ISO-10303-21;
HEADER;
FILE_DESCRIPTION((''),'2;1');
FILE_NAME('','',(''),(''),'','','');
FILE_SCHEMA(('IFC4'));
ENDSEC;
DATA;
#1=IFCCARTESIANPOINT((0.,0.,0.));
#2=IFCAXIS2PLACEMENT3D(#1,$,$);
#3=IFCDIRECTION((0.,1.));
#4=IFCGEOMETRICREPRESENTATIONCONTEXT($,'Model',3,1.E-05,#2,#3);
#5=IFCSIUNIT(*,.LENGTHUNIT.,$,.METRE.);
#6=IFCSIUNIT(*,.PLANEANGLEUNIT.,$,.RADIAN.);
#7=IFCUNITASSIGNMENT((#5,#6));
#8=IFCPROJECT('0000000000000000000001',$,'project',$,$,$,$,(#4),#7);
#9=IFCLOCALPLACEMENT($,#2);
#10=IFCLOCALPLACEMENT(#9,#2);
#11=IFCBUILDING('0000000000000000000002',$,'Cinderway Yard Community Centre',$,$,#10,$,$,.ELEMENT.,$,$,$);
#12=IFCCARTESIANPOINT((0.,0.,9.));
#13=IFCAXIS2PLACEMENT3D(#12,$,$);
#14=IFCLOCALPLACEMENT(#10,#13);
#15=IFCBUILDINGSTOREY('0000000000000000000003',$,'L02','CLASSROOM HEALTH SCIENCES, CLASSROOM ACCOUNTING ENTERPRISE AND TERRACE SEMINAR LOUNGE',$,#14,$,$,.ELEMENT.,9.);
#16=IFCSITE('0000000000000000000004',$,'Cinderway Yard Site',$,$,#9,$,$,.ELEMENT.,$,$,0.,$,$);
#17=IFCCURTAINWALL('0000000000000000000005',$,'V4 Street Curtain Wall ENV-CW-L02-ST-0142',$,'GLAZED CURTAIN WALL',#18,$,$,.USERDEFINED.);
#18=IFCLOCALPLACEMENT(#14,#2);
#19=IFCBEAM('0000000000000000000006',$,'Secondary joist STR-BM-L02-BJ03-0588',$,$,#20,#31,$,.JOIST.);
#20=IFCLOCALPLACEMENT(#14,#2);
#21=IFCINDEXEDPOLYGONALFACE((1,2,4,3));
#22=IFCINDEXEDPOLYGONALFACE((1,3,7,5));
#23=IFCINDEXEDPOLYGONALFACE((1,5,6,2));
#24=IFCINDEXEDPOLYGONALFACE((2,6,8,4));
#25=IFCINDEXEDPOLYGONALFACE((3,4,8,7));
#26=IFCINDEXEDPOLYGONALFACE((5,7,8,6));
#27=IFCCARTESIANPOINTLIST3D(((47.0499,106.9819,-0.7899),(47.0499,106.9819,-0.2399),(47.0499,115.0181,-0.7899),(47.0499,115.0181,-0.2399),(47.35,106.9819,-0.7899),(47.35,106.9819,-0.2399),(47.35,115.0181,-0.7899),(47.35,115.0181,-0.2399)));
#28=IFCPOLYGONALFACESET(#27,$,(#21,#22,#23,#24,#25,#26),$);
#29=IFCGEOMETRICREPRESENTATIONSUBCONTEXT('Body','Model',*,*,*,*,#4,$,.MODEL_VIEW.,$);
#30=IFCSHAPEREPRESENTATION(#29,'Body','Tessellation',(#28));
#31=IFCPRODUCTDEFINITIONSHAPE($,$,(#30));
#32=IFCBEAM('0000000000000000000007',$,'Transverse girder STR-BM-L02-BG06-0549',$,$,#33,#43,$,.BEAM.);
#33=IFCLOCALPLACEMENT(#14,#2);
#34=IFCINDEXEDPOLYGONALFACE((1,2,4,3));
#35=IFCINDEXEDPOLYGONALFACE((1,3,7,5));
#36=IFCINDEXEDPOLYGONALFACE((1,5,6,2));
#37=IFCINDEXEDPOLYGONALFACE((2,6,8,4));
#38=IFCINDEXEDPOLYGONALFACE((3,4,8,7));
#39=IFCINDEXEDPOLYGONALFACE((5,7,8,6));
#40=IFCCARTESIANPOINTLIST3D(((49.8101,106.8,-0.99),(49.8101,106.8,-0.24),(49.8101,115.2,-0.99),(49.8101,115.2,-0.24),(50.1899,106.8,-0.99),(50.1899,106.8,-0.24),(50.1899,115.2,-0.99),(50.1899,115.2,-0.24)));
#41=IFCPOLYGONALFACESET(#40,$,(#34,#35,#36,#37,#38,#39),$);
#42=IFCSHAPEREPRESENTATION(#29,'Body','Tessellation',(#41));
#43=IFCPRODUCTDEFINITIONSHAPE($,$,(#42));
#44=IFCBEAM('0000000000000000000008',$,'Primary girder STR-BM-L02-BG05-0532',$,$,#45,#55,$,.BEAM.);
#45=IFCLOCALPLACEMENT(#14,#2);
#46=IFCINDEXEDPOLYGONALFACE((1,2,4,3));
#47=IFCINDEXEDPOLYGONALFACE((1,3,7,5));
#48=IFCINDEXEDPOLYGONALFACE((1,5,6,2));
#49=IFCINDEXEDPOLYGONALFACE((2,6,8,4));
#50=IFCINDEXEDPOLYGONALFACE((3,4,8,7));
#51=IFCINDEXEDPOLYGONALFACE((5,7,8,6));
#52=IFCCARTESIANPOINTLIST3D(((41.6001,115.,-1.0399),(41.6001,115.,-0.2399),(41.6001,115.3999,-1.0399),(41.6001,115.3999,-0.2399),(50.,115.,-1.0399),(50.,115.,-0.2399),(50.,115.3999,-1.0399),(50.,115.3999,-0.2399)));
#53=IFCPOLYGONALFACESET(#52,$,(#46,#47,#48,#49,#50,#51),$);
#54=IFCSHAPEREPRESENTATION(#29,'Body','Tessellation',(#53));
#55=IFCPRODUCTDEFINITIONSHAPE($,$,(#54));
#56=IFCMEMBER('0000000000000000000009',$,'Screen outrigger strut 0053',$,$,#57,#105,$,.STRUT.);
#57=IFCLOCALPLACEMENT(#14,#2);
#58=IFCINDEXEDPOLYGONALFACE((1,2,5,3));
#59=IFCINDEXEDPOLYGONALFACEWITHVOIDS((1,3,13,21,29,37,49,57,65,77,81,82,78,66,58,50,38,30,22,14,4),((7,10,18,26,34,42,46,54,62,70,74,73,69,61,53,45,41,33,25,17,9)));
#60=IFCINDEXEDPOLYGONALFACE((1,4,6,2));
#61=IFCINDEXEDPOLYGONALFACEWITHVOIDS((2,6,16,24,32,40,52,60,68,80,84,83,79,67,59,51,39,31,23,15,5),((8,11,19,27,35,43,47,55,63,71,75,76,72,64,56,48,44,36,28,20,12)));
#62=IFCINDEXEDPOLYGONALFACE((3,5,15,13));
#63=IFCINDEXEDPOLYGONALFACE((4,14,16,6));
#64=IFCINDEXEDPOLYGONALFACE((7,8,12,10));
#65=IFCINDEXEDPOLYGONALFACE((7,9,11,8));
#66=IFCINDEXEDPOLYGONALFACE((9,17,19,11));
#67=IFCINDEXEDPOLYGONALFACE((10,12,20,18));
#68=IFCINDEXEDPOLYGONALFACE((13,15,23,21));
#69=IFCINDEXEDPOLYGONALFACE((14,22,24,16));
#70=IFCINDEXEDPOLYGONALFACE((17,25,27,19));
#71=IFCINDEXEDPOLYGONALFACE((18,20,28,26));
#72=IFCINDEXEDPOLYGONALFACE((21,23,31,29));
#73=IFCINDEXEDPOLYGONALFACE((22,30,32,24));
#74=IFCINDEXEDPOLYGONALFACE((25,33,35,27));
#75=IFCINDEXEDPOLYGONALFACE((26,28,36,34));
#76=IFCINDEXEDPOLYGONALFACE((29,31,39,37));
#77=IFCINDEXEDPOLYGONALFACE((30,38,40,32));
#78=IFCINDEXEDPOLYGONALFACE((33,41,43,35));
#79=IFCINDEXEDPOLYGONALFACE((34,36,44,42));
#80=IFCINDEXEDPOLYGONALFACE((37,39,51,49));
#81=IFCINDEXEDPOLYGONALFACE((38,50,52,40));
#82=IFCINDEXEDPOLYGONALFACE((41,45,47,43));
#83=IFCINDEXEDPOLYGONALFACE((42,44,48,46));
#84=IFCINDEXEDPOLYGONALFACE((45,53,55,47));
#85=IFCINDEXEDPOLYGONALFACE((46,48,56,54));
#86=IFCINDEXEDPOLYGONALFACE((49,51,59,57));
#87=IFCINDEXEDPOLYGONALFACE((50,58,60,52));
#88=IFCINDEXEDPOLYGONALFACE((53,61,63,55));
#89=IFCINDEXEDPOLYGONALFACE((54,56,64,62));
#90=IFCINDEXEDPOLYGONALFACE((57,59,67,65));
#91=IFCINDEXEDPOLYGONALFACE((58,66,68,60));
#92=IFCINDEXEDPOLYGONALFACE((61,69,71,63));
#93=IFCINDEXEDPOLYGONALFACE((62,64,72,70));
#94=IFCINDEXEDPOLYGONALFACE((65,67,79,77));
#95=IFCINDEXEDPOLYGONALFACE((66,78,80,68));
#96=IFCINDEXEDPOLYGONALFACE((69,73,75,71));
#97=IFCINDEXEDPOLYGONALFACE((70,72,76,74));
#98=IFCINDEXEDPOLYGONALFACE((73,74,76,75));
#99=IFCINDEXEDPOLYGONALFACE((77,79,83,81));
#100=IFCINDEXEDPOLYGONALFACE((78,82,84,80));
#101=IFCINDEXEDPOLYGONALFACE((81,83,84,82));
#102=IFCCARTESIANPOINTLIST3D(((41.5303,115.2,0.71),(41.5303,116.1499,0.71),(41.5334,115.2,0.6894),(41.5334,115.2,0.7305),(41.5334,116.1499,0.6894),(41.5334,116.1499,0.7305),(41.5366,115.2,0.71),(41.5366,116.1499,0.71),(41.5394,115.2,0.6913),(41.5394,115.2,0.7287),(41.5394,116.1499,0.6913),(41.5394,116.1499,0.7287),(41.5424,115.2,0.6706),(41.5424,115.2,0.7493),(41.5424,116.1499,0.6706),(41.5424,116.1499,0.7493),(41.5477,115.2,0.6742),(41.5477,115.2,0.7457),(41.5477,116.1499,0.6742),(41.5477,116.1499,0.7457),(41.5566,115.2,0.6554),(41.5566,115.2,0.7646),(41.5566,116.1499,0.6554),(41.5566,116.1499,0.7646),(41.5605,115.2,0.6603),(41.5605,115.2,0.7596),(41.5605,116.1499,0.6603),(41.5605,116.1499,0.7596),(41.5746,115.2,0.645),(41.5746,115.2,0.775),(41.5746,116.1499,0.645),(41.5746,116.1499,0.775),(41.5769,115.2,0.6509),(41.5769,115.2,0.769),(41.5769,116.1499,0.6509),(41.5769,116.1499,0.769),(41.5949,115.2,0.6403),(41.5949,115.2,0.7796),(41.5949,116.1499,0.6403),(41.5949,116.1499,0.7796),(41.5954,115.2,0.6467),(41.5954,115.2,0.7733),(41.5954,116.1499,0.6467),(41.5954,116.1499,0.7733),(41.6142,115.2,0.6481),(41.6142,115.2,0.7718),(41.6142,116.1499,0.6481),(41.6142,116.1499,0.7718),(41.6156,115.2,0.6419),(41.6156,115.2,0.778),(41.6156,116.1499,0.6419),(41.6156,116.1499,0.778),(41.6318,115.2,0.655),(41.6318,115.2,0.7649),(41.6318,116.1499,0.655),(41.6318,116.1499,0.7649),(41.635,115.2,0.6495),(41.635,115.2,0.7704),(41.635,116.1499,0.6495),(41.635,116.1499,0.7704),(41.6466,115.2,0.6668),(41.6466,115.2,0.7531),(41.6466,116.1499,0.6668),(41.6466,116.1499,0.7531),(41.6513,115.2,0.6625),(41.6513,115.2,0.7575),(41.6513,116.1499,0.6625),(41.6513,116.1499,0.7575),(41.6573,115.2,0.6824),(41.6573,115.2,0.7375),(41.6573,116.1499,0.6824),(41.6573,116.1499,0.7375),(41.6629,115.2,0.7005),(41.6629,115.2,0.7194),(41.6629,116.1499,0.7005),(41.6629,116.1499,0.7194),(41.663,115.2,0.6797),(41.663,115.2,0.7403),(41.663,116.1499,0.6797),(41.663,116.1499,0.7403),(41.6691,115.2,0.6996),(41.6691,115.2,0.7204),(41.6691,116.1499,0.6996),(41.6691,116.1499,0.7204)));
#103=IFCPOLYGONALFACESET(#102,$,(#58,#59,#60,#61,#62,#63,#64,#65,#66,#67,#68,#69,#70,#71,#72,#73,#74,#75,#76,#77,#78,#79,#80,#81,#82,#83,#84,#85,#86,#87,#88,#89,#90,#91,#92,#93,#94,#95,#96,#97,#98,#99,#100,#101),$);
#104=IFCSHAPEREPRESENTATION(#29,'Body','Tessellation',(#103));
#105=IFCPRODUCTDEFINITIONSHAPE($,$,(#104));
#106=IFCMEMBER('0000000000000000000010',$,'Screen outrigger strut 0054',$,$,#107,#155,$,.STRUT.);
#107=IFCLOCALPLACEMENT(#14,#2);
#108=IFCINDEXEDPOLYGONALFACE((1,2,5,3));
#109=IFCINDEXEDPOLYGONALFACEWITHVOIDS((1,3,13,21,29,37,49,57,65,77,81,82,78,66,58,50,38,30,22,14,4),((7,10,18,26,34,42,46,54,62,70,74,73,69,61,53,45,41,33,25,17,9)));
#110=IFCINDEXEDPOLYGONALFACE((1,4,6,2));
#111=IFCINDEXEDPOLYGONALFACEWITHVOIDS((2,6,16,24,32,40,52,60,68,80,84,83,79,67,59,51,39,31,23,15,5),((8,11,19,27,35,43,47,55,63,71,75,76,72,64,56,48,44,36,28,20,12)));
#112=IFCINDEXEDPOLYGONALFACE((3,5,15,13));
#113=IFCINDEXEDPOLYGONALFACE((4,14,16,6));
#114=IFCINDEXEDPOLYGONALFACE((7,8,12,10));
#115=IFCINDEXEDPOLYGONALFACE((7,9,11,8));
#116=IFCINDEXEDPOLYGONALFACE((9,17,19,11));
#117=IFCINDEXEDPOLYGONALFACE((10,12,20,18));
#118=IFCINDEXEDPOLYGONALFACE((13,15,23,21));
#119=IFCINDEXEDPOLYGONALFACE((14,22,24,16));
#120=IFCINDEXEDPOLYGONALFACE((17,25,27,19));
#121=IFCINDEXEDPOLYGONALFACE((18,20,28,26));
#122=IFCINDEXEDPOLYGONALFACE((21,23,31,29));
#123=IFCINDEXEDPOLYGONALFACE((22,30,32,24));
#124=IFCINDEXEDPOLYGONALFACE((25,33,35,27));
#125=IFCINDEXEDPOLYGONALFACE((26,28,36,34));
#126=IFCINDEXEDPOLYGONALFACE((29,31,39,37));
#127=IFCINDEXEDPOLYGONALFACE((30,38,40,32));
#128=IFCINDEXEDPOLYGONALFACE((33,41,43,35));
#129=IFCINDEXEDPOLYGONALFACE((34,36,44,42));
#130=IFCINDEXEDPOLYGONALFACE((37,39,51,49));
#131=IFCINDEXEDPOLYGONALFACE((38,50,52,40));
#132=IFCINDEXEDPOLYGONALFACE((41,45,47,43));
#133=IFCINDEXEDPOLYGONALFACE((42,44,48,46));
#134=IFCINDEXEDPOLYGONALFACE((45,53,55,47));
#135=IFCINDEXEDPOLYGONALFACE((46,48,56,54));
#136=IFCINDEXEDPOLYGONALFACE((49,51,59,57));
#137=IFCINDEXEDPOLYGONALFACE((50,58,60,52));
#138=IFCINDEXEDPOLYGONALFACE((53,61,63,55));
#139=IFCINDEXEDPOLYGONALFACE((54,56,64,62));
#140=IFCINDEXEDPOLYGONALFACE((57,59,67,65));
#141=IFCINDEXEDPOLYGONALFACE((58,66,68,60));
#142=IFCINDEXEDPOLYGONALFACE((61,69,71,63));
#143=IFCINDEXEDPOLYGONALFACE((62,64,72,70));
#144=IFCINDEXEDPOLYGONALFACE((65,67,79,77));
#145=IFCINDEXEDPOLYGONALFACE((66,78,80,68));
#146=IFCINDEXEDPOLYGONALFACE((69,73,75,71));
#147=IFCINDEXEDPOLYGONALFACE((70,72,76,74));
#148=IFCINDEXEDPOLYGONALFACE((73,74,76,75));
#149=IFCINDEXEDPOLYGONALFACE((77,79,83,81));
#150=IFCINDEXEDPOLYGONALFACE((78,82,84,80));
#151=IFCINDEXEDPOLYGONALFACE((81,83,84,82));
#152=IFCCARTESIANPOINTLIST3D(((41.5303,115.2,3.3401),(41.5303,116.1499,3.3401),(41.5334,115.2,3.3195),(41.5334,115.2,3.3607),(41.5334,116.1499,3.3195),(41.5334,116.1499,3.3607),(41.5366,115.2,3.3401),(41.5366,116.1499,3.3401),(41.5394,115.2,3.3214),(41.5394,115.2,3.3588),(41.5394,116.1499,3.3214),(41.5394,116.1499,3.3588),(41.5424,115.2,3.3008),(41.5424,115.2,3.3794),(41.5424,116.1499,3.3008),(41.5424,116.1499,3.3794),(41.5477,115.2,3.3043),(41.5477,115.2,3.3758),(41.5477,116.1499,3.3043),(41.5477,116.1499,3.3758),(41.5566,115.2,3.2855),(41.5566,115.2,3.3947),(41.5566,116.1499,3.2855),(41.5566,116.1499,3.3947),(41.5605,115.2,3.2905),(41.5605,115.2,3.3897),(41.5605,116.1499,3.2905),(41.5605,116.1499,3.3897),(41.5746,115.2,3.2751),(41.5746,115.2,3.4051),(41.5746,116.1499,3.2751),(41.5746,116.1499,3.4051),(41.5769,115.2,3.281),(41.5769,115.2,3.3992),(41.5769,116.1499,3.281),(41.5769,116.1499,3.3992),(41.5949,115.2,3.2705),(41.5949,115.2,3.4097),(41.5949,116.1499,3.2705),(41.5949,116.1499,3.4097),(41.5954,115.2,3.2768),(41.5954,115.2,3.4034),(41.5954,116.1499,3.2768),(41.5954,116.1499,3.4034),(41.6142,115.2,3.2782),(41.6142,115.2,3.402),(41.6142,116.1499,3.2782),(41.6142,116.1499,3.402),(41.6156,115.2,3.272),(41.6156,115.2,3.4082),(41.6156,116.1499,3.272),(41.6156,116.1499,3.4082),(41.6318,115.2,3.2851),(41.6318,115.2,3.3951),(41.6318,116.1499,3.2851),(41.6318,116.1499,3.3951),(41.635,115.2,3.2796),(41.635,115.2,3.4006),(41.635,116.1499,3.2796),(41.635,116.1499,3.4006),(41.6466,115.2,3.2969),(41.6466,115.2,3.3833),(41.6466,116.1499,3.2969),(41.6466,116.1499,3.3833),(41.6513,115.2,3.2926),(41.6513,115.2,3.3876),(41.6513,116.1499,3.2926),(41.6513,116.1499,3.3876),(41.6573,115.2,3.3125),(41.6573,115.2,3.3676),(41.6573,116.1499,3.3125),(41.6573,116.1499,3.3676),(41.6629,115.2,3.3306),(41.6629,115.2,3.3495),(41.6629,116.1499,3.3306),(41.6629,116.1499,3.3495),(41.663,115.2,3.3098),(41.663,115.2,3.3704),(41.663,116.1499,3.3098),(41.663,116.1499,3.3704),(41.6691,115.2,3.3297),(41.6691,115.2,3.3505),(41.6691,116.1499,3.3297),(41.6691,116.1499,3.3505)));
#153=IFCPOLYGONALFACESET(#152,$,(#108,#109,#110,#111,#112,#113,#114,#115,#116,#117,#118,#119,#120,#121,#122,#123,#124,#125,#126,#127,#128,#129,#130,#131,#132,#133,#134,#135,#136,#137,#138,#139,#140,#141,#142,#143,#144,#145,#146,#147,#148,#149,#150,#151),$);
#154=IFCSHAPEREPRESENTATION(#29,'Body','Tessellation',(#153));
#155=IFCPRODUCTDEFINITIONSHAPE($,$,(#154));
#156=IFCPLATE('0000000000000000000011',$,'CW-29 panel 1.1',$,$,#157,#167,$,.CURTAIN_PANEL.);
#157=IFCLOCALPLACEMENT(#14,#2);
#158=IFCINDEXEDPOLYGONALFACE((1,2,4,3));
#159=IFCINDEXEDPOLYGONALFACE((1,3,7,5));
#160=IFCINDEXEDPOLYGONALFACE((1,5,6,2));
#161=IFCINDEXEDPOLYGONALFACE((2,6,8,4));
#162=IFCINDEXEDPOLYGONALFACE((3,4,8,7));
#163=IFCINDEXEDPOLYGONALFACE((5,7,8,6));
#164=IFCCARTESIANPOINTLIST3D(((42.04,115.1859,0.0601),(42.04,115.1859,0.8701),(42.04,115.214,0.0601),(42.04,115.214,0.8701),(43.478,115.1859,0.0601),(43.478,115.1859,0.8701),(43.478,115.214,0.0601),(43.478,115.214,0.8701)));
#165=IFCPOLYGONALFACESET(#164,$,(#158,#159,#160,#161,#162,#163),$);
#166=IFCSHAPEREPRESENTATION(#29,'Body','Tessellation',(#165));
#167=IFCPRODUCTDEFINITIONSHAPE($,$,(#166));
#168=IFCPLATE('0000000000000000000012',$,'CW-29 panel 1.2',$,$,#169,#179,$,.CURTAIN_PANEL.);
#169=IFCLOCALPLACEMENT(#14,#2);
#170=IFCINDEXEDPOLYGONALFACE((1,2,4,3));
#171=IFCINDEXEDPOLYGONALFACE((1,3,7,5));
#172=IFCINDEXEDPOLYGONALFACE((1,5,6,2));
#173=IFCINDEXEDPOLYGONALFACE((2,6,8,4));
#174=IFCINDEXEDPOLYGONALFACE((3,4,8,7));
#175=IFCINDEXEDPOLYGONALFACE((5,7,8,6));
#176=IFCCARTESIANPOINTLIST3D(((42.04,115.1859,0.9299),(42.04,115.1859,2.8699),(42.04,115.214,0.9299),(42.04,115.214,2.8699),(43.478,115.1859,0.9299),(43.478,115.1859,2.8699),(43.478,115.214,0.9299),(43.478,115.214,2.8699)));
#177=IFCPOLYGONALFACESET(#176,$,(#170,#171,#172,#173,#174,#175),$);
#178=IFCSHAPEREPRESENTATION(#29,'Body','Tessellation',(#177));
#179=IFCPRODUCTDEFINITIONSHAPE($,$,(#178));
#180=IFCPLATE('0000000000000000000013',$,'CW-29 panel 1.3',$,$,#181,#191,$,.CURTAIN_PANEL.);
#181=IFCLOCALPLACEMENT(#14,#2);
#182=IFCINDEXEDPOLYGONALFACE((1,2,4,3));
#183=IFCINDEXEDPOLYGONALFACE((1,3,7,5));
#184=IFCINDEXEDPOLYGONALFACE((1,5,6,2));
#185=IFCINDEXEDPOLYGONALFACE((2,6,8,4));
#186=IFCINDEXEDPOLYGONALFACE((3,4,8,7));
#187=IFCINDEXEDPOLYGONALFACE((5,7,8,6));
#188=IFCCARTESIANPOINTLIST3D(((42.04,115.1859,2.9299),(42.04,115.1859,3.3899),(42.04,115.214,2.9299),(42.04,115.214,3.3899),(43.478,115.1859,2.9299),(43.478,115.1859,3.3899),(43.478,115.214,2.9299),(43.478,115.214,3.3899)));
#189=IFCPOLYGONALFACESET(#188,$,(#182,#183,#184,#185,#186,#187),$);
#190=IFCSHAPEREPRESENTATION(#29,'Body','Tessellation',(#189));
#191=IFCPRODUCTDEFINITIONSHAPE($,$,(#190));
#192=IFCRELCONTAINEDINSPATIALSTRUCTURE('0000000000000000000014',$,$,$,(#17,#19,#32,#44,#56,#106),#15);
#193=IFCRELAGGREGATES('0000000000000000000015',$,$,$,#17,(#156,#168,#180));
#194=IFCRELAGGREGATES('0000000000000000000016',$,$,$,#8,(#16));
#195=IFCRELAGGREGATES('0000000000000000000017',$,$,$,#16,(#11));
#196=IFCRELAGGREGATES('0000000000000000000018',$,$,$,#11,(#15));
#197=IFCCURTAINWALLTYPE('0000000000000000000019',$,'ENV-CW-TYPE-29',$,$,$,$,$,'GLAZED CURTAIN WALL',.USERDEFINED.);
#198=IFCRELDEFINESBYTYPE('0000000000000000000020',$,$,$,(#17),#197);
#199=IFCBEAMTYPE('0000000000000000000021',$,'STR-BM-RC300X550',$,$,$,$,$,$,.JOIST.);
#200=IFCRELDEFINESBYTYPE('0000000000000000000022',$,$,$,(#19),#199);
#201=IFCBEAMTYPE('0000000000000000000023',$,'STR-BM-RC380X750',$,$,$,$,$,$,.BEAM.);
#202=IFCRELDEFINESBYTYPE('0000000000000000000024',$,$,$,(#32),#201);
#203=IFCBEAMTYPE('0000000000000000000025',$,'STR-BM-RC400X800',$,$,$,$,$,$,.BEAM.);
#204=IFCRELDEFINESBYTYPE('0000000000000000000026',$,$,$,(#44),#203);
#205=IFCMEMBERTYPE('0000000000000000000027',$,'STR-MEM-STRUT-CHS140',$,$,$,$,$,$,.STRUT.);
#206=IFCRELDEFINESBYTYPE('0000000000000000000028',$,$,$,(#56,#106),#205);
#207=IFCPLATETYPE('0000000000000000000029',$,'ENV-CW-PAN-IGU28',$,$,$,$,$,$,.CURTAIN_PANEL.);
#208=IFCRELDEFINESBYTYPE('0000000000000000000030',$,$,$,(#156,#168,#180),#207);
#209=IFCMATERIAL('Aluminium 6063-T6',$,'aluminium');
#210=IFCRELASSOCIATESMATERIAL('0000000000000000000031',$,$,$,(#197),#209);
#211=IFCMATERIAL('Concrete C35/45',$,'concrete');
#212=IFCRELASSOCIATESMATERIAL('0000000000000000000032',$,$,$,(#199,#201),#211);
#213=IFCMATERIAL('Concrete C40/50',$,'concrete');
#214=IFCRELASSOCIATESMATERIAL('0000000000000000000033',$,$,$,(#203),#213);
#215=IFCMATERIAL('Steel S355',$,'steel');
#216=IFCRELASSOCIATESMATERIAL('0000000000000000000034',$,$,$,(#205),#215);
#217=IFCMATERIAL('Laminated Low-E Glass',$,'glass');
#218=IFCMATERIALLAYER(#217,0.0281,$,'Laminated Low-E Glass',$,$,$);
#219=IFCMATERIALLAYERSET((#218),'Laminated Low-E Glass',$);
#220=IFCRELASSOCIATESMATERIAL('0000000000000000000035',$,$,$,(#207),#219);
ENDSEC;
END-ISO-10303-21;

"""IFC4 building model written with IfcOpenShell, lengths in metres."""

from ifc_helpers import new_model, si_unit, direction, frame, origin, origin_2d, place, context, subcontext, project, spatial, rectangle, hollow_circle, extrude, material, layer, layer_set, material_profile, profile_set, type_object, element, aggregate, save


model = new_model("IFC4")

# Units and contexts
model_context = context("Model", 3, precision=1e-05, world=origin(), true_north=direction((0.0, 1.0)))
body_context = subcontext(model_context, "Body", "Model", "MODEL_VIEW")
ifc_project = project(units=[si_unit("LENGTHUNIT", "METRE"), si_unit("PLANEANGLEUNIT", "RADIAN")], contexts=[model_context])

# Site, building, storey
site_placement = place(None, origin())
site = spatial("IfcSite", under=ifc_project, at=site_placement, Name="Cinderway Yard Site", CompositionType="ELEMENT", RefElevation=0.0)
building_placement = place(site_placement, origin())
building = spatial("IfcBuilding", under=site, at=building_placement, Name="Cinderway Yard Community Centre", CompositionType="ELEMENT")
storey_placement = place(building_placement, frame((0.0, 0.0, 9.0)))
storey = spatial("IfcBuildingStorey", under=building, at=storey_placement, Name="L02", Description="CLASSROOM HEALTH SCIENCES, CLASSROOM ACCOUNTING ENTERPRISE AND TERRACE SEMINAR LOUNGE", CompositionType="ELEMENT", Elevation=9.0)

# Shared definitions
ifc_material_1 = material(Name="Concrete C40/50", Category="concrete")

# Curtain wall
ifc_material_2 = material(Name="Aluminium 6063-T6", Category="aluminium")
curtain_wall_type = type_object("IfcCurtainWallType", Name="ENV-CW-TYPE-29", ElementType="GLAZED CURTAIN WALL", PredefinedType="USERDEFINED", material=ifc_material_2)
curtain_wall_placement = place(storey_placement, origin())
curtain_wall = element("IfcCurtainWall", 1, at=curtain_wall_placement, inside=storey, type_object=curtain_wall_type, Name="V4 Street Curtain Wall ENV-CW-L02-ST-0142", ObjectType="GLAZED CURTAIN WALL", PredefinedType="USERDEFINED")

# Beams
ifc_material_3 = material(Name="Concrete C35/45", Category="concrete")
ifc_material_profile_1 = material_profile(ifc_material_3, rectangle(XDim=0.3, YDim=0.55, at=origin_2d()), Name="Concrete C35/45")
ifc_profile_set_1 = profile_set([ifc_material_profile_1], Name="Concrete C35/45")
beam_type_1 = type_object("IfcBeamType", Name="STR-BM-RC300X550", PredefinedType="JOIST", material=ifc_profile_set_1)
for number, where, z_axis, x_axis, name in (
    (2, (47.2, 106.9819, -0.5149), (0.0, 1.0, 0.0), (-1.0, 0.0, 0.0), "Secondary joist STR-BM-L02-BJ03-0588"),
):
    element("IfcBeam", number, at=place(storey_placement, frame(where, z_axis=z_axis, x_axis=x_axis)), inside=storey, type_object=beam_type_1, Name=name, PredefinedType="JOIST", context=body_context, shape_type="SweptSolid", body=[
        extrude(rectangle(XDim=0.3, YDim=0.55, at=origin_2d()), origin(), (0.0, 0.0, 1.0), 8.0361),
    ])
ifc_material_profile_2 = material_profile(ifc_material_3, rectangle(XDim=0.3799, YDim=0.75, at=origin_2d()), Name="Concrete C35/45")
ifc_profile_set_2 = profile_set([ifc_material_profile_2], Name="Concrete C35/45")
beam_type_2 = type_object("IfcBeamType", Name="STR-BM-RC380X750", PredefinedType="BEAM", material=ifc_profile_set_2)
beam_1_placement = place(storey_placement, frame((50.0, 106.8, -0.615), z_axis=(0.0, 1.0, 0.0), x_axis=(-1.0, 0.0, 0.0)))
element("IfcBeam", 3, at=beam_1_placement, inside=storey, type_object=beam_type_2, Name="Transverse girder STR-BM-L02-BG06-0549", PredefinedType="BEAM", context=body_context, shape_type="SweptSolid", body=[
    extrude(rectangle(XDim=0.3799, YDim=0.75, at=origin_2d()), origin(), (0.0, 0.0, 1.0), 8.3999),
])
ifc_material_profile_3 = material_profile(ifc_material_1, rectangle(XDim=0.3999, YDim=0.8, at=origin_2d()), Name="Concrete C40/50")
ifc_profile_set_3 = profile_set([ifc_material_profile_3], Name="Concrete C40/50")
beam_type_3 = type_object("IfcBeamType", Name="STR-BM-RC400X800", PredefinedType="BEAM", material=ifc_profile_set_3)
beam_2_placement = place(storey_placement, frame((41.6001, 115.2, -0.6399), z_axis=(1.0, 0.0, 0.0), x_axis=(0.0, 1.0, 0.0)))
element("IfcBeam", 4, at=beam_2_placement, inside=storey, type_object=beam_type_3, Name="Primary girder STR-BM-L02-BG05-0532", PredefinedType="BEAM", context=body_context, shape_type="SweptSolid", body=[
    extrude(rectangle(XDim=0.3999, YDim=0.8, at=origin_2d()), origin(), (0.0, 0.0, 1.0), 8.3999),
])

# Members
ifc_material_4 = material(Name="Steel S355", Category="steel")
ifc_material_profile_4 = material_profile(ifc_material_4, hollow_circle(Radius=0.0698, WallThickness=0.0063, at=origin_2d()), Name="Steel S355")
ifc_profile_set_4 = profile_set([ifc_material_profile_4], Name="Steel S355")
member_type_1 = type_object("IfcMemberType", Name="STR-MEM-STRUT-CHS140", PredefinedType="STRUT", material=ifc_profile_set_4)
for number, where, z_axis, x_axis, name in (
    (5, (41.6001, 115.2, 0.71), (0.0, 1.0, 0.0), (-1.0, 0.0, 0.0), "Screen outrigger strut 0053"),
    (6, (41.6001, 115.2, 3.3401), (0.0, 1.0, 0.0), (-1.0, 0.0, 0.0), "Screen outrigger strut 0054"),
):
    element("IfcMember", number, at=place(storey_placement, frame(where, z_axis=z_axis, x_axis=x_axis)), inside=storey, type_object=member_type_1, Name=name, PredefinedType="STRUT", context=body_context, shape_type="SweptSolid", body=[
        extrude(hollow_circle(Radius=0.0698, WallThickness=0.0063, at=origin_2d()), origin(), (0.0, 0.0, 1.0), 0.95),
    ])

# Plates
ifc_material_5 = material(Name="Laminated Low-E Glass", Category="glass")
ifc_layer_1 = layer(ifc_material_5, 0.0281, Name="Laminated Low-E Glass")
ifc_layer_set_1 = layer_set([ifc_layer_1], Name="Laminated Low-E Glass")
plate_type = type_object("IfcPlateType", Name="ENV-CW-PAN-IGU28", PredefinedType="CURTAIN_PANEL", material=ifc_layer_set_1)
plate_1_placement = place(storey_placement, frame((42.759, 115.2, 0.0601), z_axis=(0.0, 0.0, 1.0), x_axis=(1.0, 0.0, 0.0)))
plate_1 = element("IfcPlate", 7, at=plate_1_placement, type_object=plate_type, Name="CW-29 panel 1.1", PredefinedType="CURTAIN_PANEL", context=body_context, shape_type="SweptSolid", body=[
    extrude(rectangle(XDim=1.438, YDim=0.0281, at=origin_2d()), origin(), (0.0, 0.0, 1.0), 0.8101),
])
plate_2_placement = place(storey_placement, frame((42.759, 115.2, 0.9299), z_axis=(0.0, 0.0, 1.0), x_axis=(1.0, 0.0, 0.0)))
plate_2 = element("IfcPlate", 8, at=plate_2_placement, type_object=plate_type, Name="CW-29 panel 1.2", PredefinedType="CURTAIN_PANEL", context=body_context, shape_type="SweptSolid", body=[
    extrude(rectangle(XDim=1.438, YDim=0.0281, at=origin_2d()), origin(), (0.0, 0.0, 1.0), 1.9399),
])
plate_3_placement = place(storey_placement, frame((42.759, 115.2, 2.9299), z_axis=(0.0, 0.0, 1.0), x_axis=(1.0, 0.0, 0.0)))
plate_3 = element("IfcPlate", 9, at=plate_3_placement, type_object=plate_type, Name="CW-29 panel 1.3", PredefinedType="CURTAIN_PANEL", context=body_context, shape_type="SweptSolid", body=[
    extrude(rectangle(XDim=1.438, YDim=0.0281, at=origin_2d()), origin(), (0.0, 0.0, 1.0), 0.46),
])
aggregate(curtain_wall, [plate_1, plate_2, plate_3])

save(model, "model.ifc")
